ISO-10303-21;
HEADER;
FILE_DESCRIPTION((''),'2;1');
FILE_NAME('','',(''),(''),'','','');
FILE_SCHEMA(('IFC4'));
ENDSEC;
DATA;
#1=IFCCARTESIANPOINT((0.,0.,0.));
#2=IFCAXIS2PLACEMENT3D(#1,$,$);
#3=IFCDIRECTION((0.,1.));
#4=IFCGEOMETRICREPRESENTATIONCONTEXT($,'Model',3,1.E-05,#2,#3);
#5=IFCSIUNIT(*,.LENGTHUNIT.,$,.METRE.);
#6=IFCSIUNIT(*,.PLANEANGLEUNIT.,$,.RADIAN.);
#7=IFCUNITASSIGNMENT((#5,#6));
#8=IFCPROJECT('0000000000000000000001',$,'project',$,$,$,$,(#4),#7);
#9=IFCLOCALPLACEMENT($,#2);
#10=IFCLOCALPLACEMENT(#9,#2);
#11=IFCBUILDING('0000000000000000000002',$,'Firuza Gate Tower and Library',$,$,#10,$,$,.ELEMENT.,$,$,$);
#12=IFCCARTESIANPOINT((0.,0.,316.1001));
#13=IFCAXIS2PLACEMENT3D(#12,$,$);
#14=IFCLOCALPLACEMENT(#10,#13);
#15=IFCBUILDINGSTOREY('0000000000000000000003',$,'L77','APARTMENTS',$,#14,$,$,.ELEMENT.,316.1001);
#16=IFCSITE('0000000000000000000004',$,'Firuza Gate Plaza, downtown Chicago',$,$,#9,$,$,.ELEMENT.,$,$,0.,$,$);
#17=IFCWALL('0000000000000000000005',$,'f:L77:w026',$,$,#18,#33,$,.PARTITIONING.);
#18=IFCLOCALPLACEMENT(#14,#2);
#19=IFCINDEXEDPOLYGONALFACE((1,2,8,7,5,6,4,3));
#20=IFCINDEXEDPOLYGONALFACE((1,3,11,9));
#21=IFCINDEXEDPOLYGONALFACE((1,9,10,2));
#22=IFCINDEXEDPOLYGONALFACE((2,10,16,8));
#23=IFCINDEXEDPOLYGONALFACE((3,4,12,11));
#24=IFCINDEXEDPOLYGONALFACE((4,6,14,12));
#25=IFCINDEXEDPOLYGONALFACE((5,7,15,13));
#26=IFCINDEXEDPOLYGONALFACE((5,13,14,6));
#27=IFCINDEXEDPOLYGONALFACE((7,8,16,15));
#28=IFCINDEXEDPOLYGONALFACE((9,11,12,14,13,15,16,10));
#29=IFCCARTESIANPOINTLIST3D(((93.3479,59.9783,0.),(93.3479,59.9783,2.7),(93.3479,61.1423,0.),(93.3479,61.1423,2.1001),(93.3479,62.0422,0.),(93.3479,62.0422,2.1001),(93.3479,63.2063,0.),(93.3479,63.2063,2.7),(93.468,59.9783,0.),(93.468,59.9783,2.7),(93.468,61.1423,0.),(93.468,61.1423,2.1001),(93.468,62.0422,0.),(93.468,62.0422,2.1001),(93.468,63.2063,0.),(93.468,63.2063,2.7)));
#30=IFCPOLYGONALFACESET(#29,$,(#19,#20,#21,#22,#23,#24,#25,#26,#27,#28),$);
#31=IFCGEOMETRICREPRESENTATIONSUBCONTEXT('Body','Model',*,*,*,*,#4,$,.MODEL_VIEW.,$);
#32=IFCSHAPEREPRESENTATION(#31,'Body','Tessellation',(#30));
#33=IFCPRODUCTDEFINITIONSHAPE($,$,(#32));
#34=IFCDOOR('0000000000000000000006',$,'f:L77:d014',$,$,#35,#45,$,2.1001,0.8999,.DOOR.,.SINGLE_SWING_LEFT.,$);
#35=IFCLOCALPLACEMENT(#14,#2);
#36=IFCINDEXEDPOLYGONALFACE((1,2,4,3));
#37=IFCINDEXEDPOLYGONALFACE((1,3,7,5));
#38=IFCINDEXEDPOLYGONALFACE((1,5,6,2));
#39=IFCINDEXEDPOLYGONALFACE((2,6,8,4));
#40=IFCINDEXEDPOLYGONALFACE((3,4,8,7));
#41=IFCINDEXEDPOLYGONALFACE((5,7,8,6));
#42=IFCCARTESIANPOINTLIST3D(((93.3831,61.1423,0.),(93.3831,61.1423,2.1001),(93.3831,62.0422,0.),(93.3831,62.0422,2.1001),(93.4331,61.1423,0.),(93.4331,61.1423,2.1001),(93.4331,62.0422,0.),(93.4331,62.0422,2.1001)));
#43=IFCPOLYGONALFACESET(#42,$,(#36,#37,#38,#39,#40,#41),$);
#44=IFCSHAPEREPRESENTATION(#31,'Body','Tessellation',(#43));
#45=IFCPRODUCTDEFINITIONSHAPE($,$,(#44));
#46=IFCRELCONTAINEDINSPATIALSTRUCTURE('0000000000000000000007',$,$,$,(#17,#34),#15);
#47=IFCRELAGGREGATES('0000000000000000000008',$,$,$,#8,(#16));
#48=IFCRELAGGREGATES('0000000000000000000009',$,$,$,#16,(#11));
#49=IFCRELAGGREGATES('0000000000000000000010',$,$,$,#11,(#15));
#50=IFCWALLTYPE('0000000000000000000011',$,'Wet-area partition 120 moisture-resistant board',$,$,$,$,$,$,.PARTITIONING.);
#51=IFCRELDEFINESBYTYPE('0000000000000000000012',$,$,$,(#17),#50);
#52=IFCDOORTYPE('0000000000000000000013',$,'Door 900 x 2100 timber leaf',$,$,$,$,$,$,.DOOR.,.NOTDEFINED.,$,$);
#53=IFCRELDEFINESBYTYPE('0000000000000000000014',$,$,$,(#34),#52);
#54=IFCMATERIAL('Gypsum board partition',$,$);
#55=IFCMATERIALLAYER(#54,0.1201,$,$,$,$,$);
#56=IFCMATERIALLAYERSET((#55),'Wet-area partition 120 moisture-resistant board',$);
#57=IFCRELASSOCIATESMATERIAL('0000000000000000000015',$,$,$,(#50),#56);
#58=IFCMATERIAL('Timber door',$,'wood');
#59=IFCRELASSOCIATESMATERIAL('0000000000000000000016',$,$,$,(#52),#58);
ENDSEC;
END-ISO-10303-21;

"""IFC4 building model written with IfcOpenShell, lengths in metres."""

from ifc_helpers import new_model, si_unit, direction, frame, frame_2d, origin, place, context, subcontext, project, spatial, rectangle, extrude, material, layer, layer_set, type_object, element, fill, save


model = new_model("IFC4")

# Units and contexts
model_context = context("Model", 3, precision=1e-05, world=origin(), true_north=direction((0.0, 1.0)))
body_context = subcontext(model_context, "Body", "Model", "MODEL_VIEW")
ifc_project = project(units=[si_unit("LENGTHUNIT", "METRE"), si_unit("PLANEANGLEUNIT", "RADIAN")], contexts=[model_context])

# Site, building, storey
site_placement = place(None, origin())
site = spatial("IfcSite", under=ifc_project, at=site_placement, Name="Firuza Gate Plaza, downtown Chicago", CompositionType="ELEMENT", RefElevation=0.0)
building_placement = place(site_placement, origin())
building = spatial("IfcBuilding", under=site, at=building_placement, Name="Firuza Gate Tower and Library", CompositionType="ELEMENT")
storey_placement = place(building_placement, frame((0.0, 0.0, 316.1001)))
storey = spatial("IfcBuildingStorey", under=building, at=storey_placement, Name="L77", Description="APARTMENTS", CompositionType="ELEMENT", Elevation=316.1001)

# Wall, opening, door
ifc_material_1 = material(Name="Gypsum board partition")
ifc_layer_1 = layer(ifc_material_1, 0.1201)
ifc_layer_set_1 = layer_set([ifc_layer_1], Name="Wet-area partition 120 moisture-resistant board")
wall_type_1 = type_object("IfcWallType", Name="Wet-area partition 120 moisture-resistant board", PredefinedType="PARTITIONING", material=ifc_layer_set_1)
wall_1_placement = place(storey_placement, frame((93.408, 59.9783, 0.0), z_axis=(0.0, 0.0, 1.0), x_axis=(0.0, 1.0, 0.0)))
wall_1 = element("IfcWall", 1, at=wall_1_placement, inside=storey, type_object=wall_type_1, Name="f:L77:w026", PredefinedType="PARTITIONING", context=body_context, shape_type="SweptSolid", body=[
    extrude(rectangle(XDim=3.228, YDim=0.1201, at=frame_2d((1.614, 0.0))), origin(), (0.0, 0.0, 1.0), 2.7),
])
opening_placement = place(wall_1_placement, frame((1.1641, 0.0, 0.0)))
opening = element("IfcOpeningElement", 2, at=opening_placement, cuts=wall_1, PredefinedType="OPENING", context=body_context, shape_type="SweptSolid", body=[
    extrude(rectangle(XDim=0.8999, YDim=2.1001, at=frame_2d((0.45, 1.05))), frame((0.0, 0.0701, 0.0), z_axis=(0.0, -1.0, 0.0), x_axis=(1.0, 0.0, 0.0)), (0.0, 0.0, 1.0), 0.1401),
])
ifc_material_2 = material(Name="Timber door", Category="wood")
door_type = type_object("IfcDoorType", Name="Door 900 x 2100 timber leaf", OperationType="NOTDEFINED", PredefinedType="DOOR", material=ifc_material_2)
door_placement = place(opening_placement, origin())
door = element("IfcDoor", 3, at=door_placement, inside=storey, type_object=door_type, Name="f:L77:d014", OperationType="SINGLE_SWING_LEFT", OverallHeight=2.1001, OverallWidth=0.8999, PredefinedType="DOOR", context=body_context, shape_type="SweptSolid", body=[
    extrude(rectangle(XDim=0.8999, YDim=2.1001, at=frame_2d((0.45, 1.05))), frame((0.0, 0.0249, 0.0), z_axis=(0.0, -1.0, 0.0), x_axis=(1.0, 0.0, 0.0)), (0.0, 0.0, 1.0), 0.05),
])
fill(opening, door)

save(model, "model.ifc")
